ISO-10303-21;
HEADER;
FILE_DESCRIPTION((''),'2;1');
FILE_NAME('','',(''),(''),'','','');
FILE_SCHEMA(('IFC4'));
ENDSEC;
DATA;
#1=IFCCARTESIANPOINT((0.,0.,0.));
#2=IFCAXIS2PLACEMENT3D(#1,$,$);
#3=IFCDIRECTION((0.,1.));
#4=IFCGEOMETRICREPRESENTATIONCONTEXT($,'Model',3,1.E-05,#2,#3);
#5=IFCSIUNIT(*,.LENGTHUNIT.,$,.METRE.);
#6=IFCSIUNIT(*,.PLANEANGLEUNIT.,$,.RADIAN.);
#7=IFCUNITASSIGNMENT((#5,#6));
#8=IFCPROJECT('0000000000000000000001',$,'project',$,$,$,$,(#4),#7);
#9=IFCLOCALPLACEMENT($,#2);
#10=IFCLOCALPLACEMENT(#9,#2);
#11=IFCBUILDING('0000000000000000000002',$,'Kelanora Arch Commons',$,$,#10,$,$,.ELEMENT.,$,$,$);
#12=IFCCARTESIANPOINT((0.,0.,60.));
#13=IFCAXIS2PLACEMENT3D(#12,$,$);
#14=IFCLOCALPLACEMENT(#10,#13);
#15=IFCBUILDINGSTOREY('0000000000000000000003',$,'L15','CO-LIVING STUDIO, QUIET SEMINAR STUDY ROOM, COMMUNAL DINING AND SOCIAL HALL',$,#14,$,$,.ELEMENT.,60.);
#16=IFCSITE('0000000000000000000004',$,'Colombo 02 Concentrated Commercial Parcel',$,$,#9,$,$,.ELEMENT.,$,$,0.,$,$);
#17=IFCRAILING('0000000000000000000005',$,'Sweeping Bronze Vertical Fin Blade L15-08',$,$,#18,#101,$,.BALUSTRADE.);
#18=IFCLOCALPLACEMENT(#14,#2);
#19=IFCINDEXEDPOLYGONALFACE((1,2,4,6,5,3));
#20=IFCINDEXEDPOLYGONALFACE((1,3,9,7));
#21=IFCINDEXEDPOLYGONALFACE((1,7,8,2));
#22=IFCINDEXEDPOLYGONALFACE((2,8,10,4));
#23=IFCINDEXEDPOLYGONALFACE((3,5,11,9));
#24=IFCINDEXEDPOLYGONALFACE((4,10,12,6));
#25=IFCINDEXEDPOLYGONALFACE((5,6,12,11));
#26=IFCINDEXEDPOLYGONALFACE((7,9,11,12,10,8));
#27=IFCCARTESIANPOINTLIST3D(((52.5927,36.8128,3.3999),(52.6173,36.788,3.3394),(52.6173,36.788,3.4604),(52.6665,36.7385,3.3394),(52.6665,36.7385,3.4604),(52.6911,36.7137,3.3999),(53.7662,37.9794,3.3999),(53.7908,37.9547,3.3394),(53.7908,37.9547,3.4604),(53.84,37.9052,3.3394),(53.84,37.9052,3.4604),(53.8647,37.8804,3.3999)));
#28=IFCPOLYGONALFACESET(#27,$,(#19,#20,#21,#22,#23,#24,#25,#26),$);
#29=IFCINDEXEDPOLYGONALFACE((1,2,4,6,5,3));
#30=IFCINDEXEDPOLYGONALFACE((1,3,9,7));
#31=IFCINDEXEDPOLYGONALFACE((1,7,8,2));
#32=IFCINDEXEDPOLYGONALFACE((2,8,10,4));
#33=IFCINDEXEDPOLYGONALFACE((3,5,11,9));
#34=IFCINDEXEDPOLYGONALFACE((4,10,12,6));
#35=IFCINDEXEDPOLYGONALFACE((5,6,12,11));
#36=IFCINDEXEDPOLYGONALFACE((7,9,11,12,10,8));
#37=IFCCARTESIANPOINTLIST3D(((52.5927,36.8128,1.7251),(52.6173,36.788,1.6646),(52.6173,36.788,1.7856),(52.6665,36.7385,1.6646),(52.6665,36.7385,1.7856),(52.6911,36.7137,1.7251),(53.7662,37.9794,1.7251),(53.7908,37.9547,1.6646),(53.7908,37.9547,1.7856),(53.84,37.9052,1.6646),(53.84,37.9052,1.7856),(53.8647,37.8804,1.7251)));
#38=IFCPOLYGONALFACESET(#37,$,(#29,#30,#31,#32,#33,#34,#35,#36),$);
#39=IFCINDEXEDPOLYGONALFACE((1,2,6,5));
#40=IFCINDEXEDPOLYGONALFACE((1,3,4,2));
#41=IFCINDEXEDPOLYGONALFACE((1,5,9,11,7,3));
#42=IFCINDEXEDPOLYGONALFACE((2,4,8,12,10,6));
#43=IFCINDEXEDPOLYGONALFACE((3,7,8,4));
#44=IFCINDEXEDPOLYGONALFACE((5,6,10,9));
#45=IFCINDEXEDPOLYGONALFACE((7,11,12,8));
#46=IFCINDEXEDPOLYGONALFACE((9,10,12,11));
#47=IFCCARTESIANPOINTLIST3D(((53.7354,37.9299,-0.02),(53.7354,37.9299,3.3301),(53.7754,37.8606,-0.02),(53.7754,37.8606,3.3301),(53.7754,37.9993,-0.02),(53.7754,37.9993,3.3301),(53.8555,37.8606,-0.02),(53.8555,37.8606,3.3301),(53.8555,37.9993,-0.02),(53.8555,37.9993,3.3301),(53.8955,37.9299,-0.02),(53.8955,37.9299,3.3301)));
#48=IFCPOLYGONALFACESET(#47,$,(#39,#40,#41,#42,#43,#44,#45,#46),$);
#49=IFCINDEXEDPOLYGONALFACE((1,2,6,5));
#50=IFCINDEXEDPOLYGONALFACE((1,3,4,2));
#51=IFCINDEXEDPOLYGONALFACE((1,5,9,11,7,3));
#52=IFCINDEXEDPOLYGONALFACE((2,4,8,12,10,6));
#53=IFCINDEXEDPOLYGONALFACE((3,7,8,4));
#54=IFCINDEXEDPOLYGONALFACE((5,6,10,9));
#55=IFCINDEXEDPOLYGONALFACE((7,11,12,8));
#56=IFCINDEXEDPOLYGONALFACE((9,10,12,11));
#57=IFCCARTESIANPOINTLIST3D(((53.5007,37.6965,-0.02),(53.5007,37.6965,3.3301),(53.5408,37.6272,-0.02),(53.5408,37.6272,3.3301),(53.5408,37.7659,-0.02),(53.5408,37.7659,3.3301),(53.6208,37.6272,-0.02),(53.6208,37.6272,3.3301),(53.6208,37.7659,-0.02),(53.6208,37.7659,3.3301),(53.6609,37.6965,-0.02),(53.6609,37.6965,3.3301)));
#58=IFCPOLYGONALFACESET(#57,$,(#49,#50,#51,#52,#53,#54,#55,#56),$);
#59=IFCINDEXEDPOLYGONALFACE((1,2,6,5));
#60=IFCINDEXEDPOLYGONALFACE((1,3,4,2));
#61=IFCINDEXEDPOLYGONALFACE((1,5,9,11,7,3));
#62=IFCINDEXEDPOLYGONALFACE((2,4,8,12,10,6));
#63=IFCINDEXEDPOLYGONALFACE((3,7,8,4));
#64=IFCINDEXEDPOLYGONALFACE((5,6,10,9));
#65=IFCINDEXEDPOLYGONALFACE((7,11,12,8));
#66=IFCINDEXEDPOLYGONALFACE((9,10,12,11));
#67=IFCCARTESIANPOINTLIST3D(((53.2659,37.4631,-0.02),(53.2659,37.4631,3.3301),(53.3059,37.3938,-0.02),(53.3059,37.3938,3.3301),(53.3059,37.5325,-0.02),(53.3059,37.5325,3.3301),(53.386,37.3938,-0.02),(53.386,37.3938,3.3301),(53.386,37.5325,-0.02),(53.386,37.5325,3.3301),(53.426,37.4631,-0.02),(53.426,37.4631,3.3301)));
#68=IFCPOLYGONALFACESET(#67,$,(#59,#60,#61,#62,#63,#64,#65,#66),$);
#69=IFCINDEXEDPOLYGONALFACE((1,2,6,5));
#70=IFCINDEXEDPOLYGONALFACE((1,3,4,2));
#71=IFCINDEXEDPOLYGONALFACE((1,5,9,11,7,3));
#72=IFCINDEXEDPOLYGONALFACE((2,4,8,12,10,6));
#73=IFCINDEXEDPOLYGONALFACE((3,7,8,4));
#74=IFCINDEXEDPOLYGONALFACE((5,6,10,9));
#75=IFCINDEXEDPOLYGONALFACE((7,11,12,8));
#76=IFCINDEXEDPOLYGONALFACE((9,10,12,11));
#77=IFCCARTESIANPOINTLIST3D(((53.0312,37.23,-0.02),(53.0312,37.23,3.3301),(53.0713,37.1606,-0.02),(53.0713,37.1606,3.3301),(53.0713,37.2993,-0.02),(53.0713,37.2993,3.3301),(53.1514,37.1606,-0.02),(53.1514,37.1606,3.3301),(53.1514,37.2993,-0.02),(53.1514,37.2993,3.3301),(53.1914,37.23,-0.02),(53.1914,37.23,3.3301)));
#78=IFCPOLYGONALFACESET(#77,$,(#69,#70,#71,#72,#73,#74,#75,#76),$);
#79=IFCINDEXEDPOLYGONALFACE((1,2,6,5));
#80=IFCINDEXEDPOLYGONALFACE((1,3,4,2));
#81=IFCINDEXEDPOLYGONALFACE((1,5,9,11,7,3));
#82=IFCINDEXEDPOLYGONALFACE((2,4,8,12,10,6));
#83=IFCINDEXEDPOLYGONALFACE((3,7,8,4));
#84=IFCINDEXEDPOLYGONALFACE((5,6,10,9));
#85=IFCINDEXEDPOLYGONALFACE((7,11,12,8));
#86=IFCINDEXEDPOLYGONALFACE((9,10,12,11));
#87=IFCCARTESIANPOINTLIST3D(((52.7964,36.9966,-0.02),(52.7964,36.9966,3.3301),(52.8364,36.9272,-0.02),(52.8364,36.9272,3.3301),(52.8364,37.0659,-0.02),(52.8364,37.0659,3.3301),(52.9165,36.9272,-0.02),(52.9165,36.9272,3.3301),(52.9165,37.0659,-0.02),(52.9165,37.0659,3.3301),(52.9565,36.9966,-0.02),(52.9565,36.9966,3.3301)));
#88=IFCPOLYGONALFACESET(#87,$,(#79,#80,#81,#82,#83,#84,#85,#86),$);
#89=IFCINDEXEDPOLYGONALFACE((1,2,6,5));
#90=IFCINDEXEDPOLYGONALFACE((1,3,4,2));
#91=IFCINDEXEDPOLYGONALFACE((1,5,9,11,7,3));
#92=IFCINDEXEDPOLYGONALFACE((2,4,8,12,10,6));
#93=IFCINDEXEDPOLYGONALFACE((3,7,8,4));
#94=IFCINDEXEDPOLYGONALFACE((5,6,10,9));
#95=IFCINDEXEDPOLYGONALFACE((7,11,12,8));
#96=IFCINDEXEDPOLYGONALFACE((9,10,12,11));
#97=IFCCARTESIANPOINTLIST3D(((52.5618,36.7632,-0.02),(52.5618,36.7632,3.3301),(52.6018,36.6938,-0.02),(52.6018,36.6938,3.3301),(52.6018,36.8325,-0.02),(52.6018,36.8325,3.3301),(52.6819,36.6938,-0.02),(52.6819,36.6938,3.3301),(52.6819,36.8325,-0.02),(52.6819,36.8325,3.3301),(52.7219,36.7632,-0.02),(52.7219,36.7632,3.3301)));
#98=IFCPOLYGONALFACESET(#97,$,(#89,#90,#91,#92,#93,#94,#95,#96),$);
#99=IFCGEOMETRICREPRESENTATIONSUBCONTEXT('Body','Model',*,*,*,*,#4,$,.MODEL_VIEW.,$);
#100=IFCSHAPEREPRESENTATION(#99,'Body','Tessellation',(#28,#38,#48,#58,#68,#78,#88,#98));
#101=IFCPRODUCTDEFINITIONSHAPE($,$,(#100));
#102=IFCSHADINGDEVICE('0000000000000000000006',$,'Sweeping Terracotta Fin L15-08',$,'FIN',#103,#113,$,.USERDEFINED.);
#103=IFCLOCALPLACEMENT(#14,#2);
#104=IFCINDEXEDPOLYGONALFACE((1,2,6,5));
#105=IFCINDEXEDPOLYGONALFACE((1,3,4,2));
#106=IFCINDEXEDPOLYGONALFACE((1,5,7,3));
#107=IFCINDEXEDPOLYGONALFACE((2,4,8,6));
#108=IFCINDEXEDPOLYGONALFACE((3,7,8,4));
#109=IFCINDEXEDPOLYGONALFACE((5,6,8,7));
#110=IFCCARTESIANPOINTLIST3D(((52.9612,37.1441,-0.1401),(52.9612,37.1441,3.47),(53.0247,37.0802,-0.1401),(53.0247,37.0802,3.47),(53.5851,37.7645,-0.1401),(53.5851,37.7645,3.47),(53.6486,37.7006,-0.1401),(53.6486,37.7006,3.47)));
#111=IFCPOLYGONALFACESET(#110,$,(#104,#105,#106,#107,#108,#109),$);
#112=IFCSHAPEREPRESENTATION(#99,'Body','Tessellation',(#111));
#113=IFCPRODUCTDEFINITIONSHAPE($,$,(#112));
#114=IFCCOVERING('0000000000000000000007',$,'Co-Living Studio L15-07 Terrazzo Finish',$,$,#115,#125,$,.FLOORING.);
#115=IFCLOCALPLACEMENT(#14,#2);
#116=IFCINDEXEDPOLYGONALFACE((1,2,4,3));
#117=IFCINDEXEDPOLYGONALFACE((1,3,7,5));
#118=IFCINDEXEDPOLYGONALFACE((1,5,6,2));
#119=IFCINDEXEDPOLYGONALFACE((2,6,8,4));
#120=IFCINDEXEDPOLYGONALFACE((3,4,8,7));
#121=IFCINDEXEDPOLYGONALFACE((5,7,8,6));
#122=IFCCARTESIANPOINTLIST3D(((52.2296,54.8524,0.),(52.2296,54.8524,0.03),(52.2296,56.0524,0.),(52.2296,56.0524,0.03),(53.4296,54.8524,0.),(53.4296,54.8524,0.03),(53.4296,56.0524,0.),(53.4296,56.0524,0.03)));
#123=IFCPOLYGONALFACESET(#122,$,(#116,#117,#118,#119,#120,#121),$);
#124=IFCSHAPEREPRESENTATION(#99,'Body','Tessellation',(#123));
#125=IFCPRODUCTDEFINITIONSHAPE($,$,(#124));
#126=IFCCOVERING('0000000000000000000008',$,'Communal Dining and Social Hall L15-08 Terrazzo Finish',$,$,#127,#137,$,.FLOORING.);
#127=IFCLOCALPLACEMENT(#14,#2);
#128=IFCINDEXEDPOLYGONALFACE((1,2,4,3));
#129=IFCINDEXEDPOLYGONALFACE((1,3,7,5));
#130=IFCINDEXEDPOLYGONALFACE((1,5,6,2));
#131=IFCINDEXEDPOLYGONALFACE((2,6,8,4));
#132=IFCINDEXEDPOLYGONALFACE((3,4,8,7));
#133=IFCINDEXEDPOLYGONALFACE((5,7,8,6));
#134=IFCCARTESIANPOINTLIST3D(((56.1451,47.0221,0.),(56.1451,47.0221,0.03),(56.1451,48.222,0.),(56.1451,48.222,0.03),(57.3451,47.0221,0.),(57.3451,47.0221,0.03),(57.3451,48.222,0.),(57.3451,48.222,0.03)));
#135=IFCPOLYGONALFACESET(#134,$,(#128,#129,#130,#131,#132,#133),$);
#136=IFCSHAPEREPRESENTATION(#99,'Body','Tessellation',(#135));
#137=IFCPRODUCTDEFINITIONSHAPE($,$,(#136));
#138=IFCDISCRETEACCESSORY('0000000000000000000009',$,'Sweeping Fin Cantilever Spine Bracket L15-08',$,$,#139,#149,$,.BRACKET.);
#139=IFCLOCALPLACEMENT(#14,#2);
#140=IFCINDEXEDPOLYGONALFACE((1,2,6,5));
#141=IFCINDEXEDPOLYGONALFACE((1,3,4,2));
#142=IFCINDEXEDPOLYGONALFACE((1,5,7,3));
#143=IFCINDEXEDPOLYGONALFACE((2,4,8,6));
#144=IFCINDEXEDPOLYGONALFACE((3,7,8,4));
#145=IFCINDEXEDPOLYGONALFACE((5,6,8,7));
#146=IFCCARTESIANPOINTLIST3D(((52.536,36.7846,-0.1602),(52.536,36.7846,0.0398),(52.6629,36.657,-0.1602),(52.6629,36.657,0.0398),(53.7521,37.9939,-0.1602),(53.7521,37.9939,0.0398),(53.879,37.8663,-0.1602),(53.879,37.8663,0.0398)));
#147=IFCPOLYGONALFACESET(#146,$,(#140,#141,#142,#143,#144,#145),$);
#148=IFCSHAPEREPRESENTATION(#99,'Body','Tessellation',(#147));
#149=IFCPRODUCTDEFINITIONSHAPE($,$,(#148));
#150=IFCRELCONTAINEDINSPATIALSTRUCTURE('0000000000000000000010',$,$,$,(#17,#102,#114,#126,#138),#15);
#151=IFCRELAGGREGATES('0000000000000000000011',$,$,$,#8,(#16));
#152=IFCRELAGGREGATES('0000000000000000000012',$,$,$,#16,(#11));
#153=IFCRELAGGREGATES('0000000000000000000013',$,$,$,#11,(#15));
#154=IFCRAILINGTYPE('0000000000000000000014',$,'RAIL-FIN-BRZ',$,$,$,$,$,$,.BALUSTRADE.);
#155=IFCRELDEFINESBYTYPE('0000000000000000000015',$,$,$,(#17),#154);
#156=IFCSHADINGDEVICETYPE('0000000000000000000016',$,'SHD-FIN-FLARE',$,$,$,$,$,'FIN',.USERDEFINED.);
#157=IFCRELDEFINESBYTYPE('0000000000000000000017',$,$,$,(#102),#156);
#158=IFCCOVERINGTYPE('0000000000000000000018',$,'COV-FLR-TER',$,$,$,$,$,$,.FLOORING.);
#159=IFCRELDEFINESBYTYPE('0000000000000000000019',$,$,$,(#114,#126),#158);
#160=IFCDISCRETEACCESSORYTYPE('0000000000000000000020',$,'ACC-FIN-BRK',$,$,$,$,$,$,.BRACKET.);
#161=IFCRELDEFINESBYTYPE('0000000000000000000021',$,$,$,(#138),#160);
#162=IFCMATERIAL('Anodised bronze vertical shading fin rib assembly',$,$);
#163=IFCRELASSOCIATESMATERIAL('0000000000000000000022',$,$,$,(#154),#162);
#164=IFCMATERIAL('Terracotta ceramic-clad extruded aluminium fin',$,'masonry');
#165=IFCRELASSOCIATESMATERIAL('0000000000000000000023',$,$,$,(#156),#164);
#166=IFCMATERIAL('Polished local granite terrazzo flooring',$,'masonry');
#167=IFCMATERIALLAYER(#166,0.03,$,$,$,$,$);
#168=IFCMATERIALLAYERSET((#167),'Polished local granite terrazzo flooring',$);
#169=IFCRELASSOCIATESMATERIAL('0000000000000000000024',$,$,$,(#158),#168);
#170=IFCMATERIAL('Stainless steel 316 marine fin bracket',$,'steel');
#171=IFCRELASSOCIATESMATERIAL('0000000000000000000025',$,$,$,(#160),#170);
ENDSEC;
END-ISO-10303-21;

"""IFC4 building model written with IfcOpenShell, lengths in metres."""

from ifc_helpers import new_model, si_unit, direction, frame, origin, origin_2d, place, context, subcontext, project, spatial, polyline, rectangle, outline, extrude, source, transform, mapped, material, layer, layer_set, type_object, element, save


model = new_model("IFC4")

# Units and contexts
model_context = context("Model", 3, precision=1e-05, world=origin(), true_north=direction((0.0, 1.0)))
body_context = subcontext(model_context, "Body", "Model", "MODEL_VIEW")
ifc_project = project(units=[si_unit("LENGTHUNIT", "METRE"), si_unit("PLANEANGLEUNIT", "RADIAN")], contexts=[model_context])

# Site, building, storey
site_placement = place(None, origin())
site = spatial("IfcSite", under=ifc_project, at=site_placement, Name="Colombo 02 Concentrated Commercial Parcel", CompositionType="ELEMENT", RefElevation=0.0)
building_placement = place(site_placement, origin())
building = spatial("IfcBuilding", under=site, at=building_placement, Name="Kelanora Arch Commons", CompositionType="ELEMENT")
storey_placement = place(building_placement, frame((0.0, 0.0, 60.0)))
storey = spatial("IfcBuildingStorey", under=building, at=storey_placement, Name="L15", Description="CO-LIVING STUDIO, QUIET SEMINAR STUDY ROOM, COMMUNAL DINING AND SOCIAL HALL", CompositionType="ELEMENT", Elevation=60.0)

# Railing
ifc_material_1 = material(Name="Anodised bronze vertical shading fin rib assembly")
railing_type = type_object("IfcRailingType", Name="RAIL-FIN-BRZ", PredefinedType="BALUSTRADE", material=ifc_material_1)
railing_placement = place(storey_placement, frame((53.8154, 37.9299, -0.02)))
element("IfcRailing", 1, at=railing_placement, inside=storey, type_object=railing_type, Name="Sweeping Bronze Vertical Fin Blade L15-08", PredefinedType="BALUSTRADE", context=body_context, shape_type="SweptSolid", body=[
    extrude(outline(polyline([(0.0698, 0.0), (0.0349, 0.0605), (-0.0349, 0.0605), (-0.0698, 0.0), (-0.0349, -0.0605), (0.0349, -0.0605), (0.0698, 0.0)])), frame((0.0, 0.0, 3.4199), z_axis=(-0.709169, -0.705038, 0.0), x_axis=(0.705038, -0.709169, 0.0)), (0.0, 0.0, 1.0), 1.6548),
    extrude(outline(polyline([(0.0698, 0.0), (0.0349, 0.0605), (-0.0349, 0.0605), (-0.0698, 0.0), (-0.0349, -0.0605), (0.0349, -0.0605), (0.0698, 0.0)])), frame((0.0, 0.0, 1.7451), z_axis=(-0.709169, -0.705038, 0.0), x_axis=(0.705038, -0.709169, 0.0)), (0.0, 0.0, 1.0), 1.6548),
    extrude(outline(polyline([(0.0801, 0.0), (0.04, 0.0693), (-0.04, 0.0693), (-0.0801, 0.0), (-0.04, -0.0693), (0.04, -0.0693), (0.0801, 0.0)])), origin(), (0.0, 0.0, 1.0), 3.3501),
    extrude(outline(polyline([(0.0801, 0.0), (0.04, 0.0693), (-0.04, 0.0693), (-0.0801, 0.0), (-0.04, -0.0693), (0.04, -0.0693), (0.0801, 0.0)])), frame((-0.2346, -0.2334, 0.0)), (0.0, 0.0, 1.0), 3.3501),
    extrude(outline(polyline([(0.0801, 0.0), (0.04, 0.0693), (-0.04, 0.0693), (-0.0801, 0.0), (-0.04, -0.0693), (0.04, -0.0693), (0.0801, 0.0)])), frame((-0.4695, -0.4668, 0.0)), (0.0, 0.0, 1.0), 3.3501),
    extrude(outline(polyline([(0.0801, 0.0), (0.04, 0.0693), (-0.04, 0.0693), (-0.0801, 0.0), (-0.04, -0.0693), (0.04, -0.0693), (0.0801, 0.0)])), frame((-0.7041, -0.7, 0.0)), (0.0, 0.0, 1.0), 3.3501),
    extrude(outline(polyline([(0.0801, 0.0), (0.04, 0.0693), (-0.04, 0.0693), (-0.0801, 0.0), (-0.04, -0.0693), (0.04, -0.0693), (0.0801, 0.0)])), frame((-0.939, -0.9333, 0.0)), (0.0, 0.0, 1.0), 3.3501),
    extrude(outline(polyline([(0.0801, 0.0), (0.04, 0.0693), (-0.04, 0.0693), (-0.0801, 0.0), (-0.04, -0.0693), (0.04, -0.0693), (0.0801, 0.0)])), frame((-1.1736, -1.1667, 0.0)), (0.0, 0.0, 1.0), 3.3501),
])

# Shading device
ifc_material_2 = material(Name="Terracotta ceramic-clad extruded aluminium fin", Category="masonry")
shading_device_type = type_object("IfcShadingDeviceType", Name="SHD-FIN-FLARE", ElementType="FIN", PredefinedType="USERDEFINED", material=ifc_material_2)
shared_shape_1 = source(origin(), body_context, "Body", "SweptSolid", [
    extrude(rectangle(XDim=0.8799, YDim=0.0901, at=origin_2d()), origin(), (0.0, 0.0, 1.0), 3.6101),
])
shading_device_placement = place(storey_placement, frame((53.3049, 37.4224, -0.1401), z_axis=(0.0, 0.0, 1.0), x_axis=(-0.709079, -0.705129, 0.0)))
element("IfcShadingDevice", 2, at=shading_device_placement, inside=storey, type_object=shading_device_type, Name="Sweeping Terracotta Fin L15-08", ObjectType="FIN", PredefinedType="USERDEFINED", context=body_context, shape_type="MappedRepresentation", body=[
    mapped(shared_shape_1, transform((0.0, 0.0, 0.0), scale=1.0)),
])

# Coverings
ifc_material_3 = material(Name="Polished local granite terrazzo flooring", Category="masonry")
ifc_layer_1 = layer(ifc_material_3, 0.03)
ifc_layer_set_1 = layer_set([ifc_layer_1], Name="Polished local granite terrazzo flooring")
covering_type = type_object("IfcCoveringType", Name="COV-FLR-TER", PredefinedType="FLOORING", material=ifc_layer_set_1)
shared_shape_2 = source(origin(), body_context, "Body", "SweptSolid", [
    extrude(rectangle(XDim=1.2, YDim=1.2, at=origin_2d()), origin(), (0.0, 0.0, 1.0), 0.03),
])
for number, where, z_axis, x_axis, name in (
    (3, (52.8296, 55.4524, 0.0), (0.0, 0.0, 1.0), (1.0, 0.0, 0.0), "Co-Living Studio L15-07 Terrazzo Finish"),
    (4, (56.7451, 47.6221, 0.0), (0.0, 0.0, 1.0), (1.0, 0.0, 0.0), "Communal Dining and Social Hall L15-08 Terrazzo Finish"),
):
    element("IfcCovering", number, at=place(storey_placement, frame(where, z_axis=z_axis, x_axis=x_axis)), inside=storey, type_object=covering_type, Name=name, PredefinedType="FLOORING", context=body_context, shape_type="MappedRepresentation", body=[
        mapped(shared_shape_2, transform((0.0, 0.0, 0.0), scale=1.0)),
    ])

# Discrete accessory
ifc_material_4 = material(Name="Stainless steel 316 marine fin bracket", Category="steel")
discrete_accessory_type = type_object("IfcDiscreteAccessoryType", Name="ACC-FIN-BRK", PredefinedType="BRACKET", material=ifc_material_4)
shared_shape_3 = source(origin(), body_context, "Body", "SweptSolid", [
    extrude(rectangle(XDim=1.7151, YDim=0.1799, at=origin_2d()), origin(), (0.0, 0.0, 1.0), 0.2),
])
discrete_accessory_placement = place(storey_placement, frame((53.2075, 37.3254, -0.1602), z_axis=(0.0, 0.0, 1.0), x_axis=(-0.709079, -0.705129, 0.0)))
element("IfcDiscreteAccessory", 5, at=discrete_accessory_placement, inside=storey, type_object=discrete_accessory_type, Name="Sweeping Fin Cantilever Spine Bracket L15-08", PredefinedType="BRACKET", context=body_context, shape_type="MappedRepresentation", body=[
    mapped(shared_shape_3, transform((0.0, 0.0, 0.0), scale=1.0)),
])

save(model, "model.ifc")
